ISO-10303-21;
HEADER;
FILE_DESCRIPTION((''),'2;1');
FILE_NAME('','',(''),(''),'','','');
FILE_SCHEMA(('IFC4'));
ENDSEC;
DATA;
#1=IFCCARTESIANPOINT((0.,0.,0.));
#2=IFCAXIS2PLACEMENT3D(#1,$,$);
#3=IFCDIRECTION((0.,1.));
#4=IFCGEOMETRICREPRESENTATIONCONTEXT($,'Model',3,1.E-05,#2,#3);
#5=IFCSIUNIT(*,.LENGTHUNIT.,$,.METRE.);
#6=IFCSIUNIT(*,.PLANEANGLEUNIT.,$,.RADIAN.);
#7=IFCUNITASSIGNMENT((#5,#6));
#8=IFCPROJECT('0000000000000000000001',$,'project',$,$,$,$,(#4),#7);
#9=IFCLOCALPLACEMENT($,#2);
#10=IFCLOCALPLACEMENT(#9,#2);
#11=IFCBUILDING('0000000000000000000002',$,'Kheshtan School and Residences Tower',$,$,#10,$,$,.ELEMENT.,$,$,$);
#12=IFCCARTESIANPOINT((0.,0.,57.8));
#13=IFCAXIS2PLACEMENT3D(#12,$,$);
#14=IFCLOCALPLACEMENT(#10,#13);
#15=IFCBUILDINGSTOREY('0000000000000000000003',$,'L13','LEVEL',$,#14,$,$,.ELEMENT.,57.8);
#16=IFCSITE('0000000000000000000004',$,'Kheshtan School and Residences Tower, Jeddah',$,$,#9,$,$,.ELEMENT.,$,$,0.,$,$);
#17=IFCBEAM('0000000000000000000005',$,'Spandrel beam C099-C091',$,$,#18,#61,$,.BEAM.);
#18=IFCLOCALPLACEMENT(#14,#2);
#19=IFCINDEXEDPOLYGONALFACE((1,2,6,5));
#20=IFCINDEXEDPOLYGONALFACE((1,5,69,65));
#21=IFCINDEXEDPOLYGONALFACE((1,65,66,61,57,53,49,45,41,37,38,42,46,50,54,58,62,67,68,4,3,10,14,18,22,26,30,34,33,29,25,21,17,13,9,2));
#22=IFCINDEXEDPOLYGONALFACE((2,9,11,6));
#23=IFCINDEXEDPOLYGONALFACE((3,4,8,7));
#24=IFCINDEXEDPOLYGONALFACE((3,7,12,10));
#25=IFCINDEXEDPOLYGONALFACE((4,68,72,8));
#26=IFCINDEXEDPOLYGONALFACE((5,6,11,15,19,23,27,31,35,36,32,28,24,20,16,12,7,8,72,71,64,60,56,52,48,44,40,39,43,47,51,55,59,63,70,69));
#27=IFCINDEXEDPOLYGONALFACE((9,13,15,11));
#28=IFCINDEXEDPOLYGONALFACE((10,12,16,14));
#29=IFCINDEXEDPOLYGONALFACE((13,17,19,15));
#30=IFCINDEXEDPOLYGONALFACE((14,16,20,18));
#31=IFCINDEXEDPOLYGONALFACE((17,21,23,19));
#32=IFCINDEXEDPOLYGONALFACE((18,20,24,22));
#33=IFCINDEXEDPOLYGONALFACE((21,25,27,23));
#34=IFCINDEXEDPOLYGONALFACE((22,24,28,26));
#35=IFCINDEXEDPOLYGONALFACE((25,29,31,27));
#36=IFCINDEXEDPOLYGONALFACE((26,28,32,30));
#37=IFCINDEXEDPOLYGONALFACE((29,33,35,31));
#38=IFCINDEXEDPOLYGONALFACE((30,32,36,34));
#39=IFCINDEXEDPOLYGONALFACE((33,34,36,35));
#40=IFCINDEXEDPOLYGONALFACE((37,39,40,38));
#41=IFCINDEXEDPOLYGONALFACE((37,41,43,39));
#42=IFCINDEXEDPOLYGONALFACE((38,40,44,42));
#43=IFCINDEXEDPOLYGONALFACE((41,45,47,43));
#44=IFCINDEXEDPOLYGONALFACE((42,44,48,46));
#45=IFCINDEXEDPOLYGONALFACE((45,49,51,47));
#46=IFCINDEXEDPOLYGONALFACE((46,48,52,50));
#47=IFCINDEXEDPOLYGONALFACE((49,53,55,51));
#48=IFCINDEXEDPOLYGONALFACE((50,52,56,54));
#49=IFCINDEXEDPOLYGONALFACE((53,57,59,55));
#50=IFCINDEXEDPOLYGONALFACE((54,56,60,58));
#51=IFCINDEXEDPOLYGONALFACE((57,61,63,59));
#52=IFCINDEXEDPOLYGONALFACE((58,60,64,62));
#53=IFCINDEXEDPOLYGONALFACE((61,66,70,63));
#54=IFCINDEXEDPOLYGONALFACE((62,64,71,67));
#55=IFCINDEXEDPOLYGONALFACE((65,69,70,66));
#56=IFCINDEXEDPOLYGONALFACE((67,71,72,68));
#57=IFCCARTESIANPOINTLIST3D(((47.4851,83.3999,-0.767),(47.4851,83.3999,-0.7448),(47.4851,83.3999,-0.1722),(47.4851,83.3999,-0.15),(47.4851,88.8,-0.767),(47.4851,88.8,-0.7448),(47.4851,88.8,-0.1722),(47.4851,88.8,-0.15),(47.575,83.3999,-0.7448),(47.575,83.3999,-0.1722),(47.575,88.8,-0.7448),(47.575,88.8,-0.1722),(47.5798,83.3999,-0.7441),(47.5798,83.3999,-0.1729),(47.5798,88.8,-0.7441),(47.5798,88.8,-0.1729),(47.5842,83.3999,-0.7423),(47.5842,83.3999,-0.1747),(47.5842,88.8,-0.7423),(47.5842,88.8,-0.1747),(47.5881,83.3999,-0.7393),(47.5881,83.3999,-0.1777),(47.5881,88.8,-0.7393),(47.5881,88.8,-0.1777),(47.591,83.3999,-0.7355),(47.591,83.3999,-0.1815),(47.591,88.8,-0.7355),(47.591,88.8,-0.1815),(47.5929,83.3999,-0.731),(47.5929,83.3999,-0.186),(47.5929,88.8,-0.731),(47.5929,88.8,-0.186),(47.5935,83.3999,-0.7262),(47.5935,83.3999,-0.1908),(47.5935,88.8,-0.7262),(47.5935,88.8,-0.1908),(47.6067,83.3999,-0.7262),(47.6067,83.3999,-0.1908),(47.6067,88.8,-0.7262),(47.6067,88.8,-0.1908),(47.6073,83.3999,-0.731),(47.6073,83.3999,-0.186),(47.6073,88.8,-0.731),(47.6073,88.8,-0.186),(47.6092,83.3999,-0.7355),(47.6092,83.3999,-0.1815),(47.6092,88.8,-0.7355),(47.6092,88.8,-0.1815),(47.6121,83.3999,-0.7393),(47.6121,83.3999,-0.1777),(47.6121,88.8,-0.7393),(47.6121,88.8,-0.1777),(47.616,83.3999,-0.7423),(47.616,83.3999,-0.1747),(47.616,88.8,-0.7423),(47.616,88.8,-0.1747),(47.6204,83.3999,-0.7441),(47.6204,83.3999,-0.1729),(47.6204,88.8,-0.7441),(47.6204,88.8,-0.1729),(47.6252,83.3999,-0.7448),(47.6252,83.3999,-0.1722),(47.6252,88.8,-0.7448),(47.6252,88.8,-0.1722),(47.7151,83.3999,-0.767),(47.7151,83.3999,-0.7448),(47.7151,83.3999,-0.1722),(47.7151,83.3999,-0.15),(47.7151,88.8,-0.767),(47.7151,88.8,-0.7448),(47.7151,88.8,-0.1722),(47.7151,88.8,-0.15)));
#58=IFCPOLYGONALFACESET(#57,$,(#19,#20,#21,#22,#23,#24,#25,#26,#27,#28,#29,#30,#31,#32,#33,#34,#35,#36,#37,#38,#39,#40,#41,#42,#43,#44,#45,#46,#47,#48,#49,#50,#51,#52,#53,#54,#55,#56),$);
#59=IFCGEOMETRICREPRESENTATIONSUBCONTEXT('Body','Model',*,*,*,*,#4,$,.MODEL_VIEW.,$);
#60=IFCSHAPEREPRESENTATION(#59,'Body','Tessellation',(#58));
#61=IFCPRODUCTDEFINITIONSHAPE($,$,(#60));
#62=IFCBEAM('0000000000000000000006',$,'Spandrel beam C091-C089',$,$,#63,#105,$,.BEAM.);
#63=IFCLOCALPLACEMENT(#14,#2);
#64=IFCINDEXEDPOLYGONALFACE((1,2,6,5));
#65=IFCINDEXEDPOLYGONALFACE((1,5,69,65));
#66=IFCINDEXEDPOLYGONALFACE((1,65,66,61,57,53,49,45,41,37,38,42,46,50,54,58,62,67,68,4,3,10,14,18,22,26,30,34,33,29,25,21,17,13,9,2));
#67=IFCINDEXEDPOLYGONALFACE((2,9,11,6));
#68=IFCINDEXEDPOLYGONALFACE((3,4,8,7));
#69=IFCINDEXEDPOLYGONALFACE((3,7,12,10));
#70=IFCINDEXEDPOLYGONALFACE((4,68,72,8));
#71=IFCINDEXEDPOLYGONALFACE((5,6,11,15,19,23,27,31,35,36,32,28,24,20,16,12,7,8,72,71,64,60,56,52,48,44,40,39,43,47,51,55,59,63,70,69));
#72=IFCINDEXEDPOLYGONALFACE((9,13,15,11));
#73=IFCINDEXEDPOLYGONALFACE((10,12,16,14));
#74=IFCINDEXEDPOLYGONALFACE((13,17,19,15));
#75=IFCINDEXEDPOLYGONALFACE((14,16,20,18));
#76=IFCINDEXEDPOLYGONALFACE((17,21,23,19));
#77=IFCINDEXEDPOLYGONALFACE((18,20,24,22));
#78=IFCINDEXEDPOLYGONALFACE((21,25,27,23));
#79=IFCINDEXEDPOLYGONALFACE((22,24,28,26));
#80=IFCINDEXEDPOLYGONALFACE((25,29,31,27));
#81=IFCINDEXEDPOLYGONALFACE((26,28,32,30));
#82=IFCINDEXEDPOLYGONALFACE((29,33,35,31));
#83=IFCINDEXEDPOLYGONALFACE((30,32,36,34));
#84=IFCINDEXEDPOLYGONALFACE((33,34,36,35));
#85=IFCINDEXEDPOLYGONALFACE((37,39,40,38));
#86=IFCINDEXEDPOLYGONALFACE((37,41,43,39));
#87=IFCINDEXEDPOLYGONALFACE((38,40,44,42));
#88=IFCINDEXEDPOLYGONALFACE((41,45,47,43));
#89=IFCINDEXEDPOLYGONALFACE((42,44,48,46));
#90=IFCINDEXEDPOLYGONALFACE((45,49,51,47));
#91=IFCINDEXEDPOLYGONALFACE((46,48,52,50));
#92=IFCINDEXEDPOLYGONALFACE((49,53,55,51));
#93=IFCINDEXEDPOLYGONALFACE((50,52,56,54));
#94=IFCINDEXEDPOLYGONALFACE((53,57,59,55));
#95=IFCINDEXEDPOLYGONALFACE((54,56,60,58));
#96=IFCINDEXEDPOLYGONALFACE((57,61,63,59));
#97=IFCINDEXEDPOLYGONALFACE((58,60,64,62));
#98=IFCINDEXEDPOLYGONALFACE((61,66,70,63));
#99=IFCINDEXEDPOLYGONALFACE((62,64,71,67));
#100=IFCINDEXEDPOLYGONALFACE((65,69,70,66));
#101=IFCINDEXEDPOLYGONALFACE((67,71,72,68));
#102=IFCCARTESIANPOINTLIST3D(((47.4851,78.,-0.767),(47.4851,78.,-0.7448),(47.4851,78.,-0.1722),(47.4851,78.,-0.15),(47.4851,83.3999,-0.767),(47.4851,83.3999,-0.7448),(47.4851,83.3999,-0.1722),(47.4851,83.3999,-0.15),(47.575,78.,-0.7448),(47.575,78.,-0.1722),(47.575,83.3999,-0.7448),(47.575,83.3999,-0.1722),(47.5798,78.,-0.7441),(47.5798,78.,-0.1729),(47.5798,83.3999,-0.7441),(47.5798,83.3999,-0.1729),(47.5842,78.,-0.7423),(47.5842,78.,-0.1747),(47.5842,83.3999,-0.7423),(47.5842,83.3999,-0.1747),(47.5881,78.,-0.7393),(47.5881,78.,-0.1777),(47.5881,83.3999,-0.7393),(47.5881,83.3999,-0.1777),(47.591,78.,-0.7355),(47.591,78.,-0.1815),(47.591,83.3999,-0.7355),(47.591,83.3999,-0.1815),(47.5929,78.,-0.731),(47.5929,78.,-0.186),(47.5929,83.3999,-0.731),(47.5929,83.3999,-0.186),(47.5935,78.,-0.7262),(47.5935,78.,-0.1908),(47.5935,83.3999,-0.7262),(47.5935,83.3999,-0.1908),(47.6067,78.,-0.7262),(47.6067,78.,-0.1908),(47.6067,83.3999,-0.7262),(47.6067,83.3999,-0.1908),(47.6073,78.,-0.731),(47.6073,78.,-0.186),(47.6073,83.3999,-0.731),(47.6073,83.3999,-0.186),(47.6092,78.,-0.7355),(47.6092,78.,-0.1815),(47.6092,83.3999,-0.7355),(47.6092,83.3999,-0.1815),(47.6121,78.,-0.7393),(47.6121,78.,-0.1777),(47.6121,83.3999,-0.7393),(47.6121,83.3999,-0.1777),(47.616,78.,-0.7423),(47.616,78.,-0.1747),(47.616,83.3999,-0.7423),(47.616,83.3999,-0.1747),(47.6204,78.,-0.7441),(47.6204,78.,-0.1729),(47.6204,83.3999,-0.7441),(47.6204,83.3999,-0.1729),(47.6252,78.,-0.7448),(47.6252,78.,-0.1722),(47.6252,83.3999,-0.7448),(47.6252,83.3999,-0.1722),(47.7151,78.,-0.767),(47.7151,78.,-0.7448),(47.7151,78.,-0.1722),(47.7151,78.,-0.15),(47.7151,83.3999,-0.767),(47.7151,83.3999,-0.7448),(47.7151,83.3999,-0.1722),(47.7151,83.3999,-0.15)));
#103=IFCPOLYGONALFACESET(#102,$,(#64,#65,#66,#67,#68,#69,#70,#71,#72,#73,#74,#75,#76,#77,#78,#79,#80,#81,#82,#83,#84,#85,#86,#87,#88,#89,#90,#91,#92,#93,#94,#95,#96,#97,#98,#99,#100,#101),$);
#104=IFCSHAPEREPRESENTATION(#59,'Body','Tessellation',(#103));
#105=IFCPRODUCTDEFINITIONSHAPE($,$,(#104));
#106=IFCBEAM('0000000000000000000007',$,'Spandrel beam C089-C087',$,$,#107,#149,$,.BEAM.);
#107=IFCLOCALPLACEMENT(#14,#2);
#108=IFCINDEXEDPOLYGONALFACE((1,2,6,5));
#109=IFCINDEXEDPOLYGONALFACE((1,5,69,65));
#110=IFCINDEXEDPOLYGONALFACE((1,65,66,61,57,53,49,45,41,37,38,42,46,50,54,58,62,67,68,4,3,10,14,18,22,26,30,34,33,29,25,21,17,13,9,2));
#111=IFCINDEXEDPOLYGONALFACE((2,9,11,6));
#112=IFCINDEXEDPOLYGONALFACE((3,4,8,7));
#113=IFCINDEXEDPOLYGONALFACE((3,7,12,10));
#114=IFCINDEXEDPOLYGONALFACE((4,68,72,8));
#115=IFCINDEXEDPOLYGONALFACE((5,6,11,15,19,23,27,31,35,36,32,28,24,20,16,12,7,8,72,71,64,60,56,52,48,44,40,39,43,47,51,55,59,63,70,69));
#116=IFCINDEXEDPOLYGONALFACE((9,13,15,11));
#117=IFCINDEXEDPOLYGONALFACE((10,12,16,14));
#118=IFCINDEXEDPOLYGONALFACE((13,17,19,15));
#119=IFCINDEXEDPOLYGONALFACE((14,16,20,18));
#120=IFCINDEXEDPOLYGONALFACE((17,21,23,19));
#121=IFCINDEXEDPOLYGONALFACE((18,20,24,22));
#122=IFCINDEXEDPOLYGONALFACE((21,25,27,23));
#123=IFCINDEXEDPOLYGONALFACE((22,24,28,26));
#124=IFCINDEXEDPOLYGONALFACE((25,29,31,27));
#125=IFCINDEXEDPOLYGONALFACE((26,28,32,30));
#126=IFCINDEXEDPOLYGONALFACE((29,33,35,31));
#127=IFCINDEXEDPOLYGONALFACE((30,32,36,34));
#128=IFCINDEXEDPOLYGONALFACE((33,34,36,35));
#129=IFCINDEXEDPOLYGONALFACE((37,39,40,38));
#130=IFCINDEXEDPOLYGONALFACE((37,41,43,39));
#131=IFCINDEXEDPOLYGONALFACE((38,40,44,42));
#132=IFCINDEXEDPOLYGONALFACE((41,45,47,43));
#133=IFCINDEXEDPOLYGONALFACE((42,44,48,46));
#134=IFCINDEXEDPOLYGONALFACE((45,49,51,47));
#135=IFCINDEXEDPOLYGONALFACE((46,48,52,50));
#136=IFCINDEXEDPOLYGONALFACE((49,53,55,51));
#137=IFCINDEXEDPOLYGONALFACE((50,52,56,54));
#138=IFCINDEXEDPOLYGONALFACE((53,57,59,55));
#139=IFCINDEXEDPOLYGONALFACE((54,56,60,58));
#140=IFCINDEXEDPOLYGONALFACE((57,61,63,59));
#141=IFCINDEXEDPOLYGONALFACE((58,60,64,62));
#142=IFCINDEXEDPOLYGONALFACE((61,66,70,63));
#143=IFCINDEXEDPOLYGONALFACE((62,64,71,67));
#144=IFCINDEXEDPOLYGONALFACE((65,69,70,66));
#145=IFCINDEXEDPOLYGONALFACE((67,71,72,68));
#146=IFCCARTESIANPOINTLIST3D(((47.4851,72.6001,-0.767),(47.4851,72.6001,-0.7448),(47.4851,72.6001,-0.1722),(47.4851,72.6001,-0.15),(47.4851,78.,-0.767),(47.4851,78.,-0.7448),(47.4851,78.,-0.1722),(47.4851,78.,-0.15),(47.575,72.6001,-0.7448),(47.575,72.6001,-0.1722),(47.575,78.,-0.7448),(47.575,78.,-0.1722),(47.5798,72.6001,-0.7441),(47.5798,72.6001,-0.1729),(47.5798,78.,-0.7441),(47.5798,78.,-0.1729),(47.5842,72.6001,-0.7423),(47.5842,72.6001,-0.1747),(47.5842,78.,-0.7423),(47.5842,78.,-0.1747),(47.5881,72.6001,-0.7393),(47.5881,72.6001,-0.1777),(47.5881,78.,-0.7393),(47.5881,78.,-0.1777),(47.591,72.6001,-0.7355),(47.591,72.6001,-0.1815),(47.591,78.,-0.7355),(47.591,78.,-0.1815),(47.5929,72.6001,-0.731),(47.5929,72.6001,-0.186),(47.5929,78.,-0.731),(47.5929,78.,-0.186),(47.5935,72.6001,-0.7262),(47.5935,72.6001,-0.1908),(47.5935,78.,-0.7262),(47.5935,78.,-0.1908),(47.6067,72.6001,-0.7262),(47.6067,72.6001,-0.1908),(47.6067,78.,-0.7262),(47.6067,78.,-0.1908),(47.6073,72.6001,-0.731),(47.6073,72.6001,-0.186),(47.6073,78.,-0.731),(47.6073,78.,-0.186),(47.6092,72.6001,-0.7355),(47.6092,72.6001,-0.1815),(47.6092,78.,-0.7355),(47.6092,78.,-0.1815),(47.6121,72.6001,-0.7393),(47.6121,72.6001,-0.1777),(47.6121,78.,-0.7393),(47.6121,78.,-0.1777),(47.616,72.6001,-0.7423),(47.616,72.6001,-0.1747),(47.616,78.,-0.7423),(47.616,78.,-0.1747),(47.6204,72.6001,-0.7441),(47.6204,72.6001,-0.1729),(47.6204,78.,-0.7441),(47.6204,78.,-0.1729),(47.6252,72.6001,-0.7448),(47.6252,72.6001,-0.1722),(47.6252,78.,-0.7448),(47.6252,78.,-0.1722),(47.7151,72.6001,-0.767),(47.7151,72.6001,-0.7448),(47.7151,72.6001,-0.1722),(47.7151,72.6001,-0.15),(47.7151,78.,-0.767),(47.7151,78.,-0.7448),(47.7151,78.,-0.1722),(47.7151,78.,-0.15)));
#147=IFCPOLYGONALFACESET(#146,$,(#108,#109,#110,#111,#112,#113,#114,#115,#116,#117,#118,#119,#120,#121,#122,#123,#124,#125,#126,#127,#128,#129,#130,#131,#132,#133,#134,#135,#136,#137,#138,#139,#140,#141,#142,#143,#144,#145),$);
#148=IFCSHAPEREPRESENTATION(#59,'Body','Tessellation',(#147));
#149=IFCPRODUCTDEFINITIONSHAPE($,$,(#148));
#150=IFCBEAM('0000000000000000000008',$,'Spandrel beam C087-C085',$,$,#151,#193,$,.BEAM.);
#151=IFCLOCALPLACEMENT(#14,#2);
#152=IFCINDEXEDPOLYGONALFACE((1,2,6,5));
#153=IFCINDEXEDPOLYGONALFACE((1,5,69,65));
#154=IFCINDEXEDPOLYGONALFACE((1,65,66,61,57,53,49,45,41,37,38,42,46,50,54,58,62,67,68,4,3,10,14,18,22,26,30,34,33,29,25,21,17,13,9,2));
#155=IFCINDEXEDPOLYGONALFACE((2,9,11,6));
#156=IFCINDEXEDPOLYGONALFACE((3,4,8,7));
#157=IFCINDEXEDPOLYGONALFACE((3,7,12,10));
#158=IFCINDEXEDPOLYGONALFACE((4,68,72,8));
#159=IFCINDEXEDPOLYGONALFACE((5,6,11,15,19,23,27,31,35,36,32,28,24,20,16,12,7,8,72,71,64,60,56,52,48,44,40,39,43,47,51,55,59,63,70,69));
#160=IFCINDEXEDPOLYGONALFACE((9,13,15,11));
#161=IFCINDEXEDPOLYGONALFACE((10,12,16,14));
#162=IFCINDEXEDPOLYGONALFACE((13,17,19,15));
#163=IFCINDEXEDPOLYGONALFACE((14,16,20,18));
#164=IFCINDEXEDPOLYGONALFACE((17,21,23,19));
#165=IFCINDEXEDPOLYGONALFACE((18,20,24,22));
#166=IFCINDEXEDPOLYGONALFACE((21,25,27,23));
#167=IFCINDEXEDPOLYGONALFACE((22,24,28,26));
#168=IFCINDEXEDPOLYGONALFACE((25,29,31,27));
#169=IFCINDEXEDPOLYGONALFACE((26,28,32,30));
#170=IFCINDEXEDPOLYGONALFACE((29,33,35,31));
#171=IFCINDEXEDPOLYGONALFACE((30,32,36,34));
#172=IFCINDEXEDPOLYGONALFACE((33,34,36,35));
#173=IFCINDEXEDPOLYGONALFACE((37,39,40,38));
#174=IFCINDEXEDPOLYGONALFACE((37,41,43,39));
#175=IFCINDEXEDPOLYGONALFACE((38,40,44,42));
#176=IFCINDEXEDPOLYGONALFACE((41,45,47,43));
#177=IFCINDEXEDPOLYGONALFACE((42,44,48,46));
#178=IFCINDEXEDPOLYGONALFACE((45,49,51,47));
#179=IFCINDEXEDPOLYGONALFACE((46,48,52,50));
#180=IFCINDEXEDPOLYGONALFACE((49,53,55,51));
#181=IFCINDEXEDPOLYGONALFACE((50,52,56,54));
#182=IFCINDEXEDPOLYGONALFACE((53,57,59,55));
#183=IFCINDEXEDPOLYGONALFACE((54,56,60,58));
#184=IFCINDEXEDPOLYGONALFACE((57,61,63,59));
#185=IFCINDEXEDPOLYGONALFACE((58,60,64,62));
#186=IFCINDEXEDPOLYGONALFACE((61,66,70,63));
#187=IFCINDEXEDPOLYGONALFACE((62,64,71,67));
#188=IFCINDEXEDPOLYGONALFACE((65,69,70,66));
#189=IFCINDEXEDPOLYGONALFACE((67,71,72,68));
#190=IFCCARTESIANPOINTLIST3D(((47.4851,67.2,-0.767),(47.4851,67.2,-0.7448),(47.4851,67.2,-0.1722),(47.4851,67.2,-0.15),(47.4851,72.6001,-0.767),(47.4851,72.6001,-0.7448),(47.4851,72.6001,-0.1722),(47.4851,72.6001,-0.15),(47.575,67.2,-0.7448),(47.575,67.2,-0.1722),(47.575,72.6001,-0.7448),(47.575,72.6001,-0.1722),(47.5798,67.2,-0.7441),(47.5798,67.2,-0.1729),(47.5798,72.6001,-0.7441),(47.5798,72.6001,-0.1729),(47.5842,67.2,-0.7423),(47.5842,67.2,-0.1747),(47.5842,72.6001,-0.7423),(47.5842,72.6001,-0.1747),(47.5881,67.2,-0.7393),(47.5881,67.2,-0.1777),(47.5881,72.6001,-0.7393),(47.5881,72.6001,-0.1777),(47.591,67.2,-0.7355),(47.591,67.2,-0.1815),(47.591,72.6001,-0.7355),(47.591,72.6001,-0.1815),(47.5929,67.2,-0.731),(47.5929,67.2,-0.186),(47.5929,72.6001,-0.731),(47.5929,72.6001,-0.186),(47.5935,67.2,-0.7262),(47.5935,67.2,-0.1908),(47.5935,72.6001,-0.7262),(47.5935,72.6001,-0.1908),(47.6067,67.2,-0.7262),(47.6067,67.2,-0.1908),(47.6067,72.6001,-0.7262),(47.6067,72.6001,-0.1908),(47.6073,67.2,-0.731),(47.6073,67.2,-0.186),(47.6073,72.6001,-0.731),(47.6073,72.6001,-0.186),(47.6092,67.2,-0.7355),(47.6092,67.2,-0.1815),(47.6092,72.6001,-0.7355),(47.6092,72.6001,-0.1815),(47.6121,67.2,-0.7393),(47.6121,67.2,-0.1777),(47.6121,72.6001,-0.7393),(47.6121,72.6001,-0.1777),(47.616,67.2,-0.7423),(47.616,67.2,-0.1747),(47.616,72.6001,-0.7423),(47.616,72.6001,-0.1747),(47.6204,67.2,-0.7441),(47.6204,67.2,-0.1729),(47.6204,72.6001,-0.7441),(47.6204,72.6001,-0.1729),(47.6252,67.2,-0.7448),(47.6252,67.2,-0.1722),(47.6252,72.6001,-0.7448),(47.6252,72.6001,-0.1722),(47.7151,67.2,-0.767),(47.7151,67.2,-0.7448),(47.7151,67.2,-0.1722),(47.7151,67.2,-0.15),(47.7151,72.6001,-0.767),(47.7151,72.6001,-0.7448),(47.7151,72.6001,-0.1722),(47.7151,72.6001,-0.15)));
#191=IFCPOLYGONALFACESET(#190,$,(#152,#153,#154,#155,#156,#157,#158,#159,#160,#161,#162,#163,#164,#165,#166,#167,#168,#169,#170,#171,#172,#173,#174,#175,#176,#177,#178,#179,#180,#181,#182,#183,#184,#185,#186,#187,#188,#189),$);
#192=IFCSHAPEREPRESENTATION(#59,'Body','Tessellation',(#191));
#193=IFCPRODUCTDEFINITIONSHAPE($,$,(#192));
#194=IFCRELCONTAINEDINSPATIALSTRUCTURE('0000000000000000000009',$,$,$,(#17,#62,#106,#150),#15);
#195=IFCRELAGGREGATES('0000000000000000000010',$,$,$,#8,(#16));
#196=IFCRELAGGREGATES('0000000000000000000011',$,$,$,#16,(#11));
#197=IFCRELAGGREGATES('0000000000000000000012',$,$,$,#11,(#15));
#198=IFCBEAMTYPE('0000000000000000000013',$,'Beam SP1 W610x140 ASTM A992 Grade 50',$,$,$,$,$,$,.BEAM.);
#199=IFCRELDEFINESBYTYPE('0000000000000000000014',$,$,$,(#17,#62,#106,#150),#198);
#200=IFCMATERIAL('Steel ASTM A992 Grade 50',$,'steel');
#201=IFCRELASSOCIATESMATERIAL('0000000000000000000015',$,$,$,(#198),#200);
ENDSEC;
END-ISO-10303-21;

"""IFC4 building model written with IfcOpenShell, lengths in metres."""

from ifc_helpers import new_model, si_unit, direction, frame, origin, origin_2d, place, context, subcontext, project, spatial, i_section, extrude, material, material_profile, profile_set, type_object, element, save


model = new_model("IFC4")

# Units and contexts
model_context = context("Model", 3, precision=1e-05, world=origin(), true_north=direction((0.0, 1.0)))
body_context = subcontext(model_context, "Body", "Model", "MODEL_VIEW")
ifc_project = project(units=[si_unit("LENGTHUNIT", "METRE"), si_unit("PLANEANGLEUNIT", "RADIAN")], contexts=[model_context])

# Site, building, storey
site_placement = place(None, origin())
site = spatial("IfcSite", under=ifc_project, at=site_placement, Name="Kheshtan School and Residences Tower, Jeddah", CompositionType="ELEMENT", RefElevation=0.0)
building_placement = place(site_placement, origin())
building = spatial("IfcBuilding", under=site, at=building_placement, Name="Kheshtan School and Residences Tower", CompositionType="ELEMENT")
storey_placement = place(building_placement, frame((0.0, 0.0, 57.8)))
storey = spatial("IfcBuildingStorey", under=building, at=storey_placement, Name="L13", Description="LEVEL", CompositionType="ELEMENT", Elevation=57.8)

# Shared definitions
ifc_material = material(Name="Steel ASTM A992 Grade 50", Category="steel")

# Beams
ifc_material_profile_1 = material_profile(ifc_material, i_section(OverallWidth=0.23, OverallDepth=0.6169, WebThickness=0.0132, FlangeThickness=0.0222, FilletRadius=0.0186, at=origin_2d()), Name="W610x140")
ifc_profile_set_1 = profile_set([ifc_material_profile_1], Name="Steel ASTM A992 Grade 50")
beam_type_1 = type_object("IfcBeamType", Name="Beam SP1 W610x140 ASTM A992 Grade 50", PredefinedType="BEAM", material=ifc_profile_set_1)
beam_1_placement = place(storey_placement, frame((47.6001, 88.8, -0.4585), z_axis=(0.0, -1.0, 0.0), x_axis=(1.0, 0.0, 0.0)))
element("IfcBeam", 1, at=beam_1_placement, inside=storey, type_object=beam_type_1, Name="Spandrel beam C099-C091", PredefinedType="BEAM", context=body_context, shape_type="SweptSolid", body=[
    extrude(i_section(OverallWidth=0.23, OverallDepth=0.6169, WebThickness=0.0132, FlangeThickness=0.0222, FilletRadius=0.0186, at=origin_2d()), origin(), (0.0, 0.0, 1.0), 5.4001),
])
for number, where, z_axis, x_axis, name in (
    (2, (47.6001, 83.3999, -0.4585), (0.0, -1.0, 0.0), (1.0, 0.0, 0.0), "Spandrel beam C091-C089"),
    (3, (47.6001, 78.0, -0.4585), (0.0, -1.0, 0.0), (1.0, 0.0, 0.0), "Spandrel beam C089-C087"),
):
    element("IfcBeam", number, at=place(storey_placement, frame(where, z_axis=z_axis, x_axis=x_axis)), inside=storey, type_object=beam_type_1, Name=name, PredefinedType="BEAM", context=body_context, shape_type="SweptSolid", body=[
        extrude(i_section(OverallWidth=0.23, OverallDepth=0.6169, WebThickness=0.0132, FlangeThickness=0.0222, FilletRadius=0.0186, at=origin_2d()), origin(), (0.0, 0.0, 1.0), 5.3999),
    ])
beam_2_placement = place(storey_placement, frame((47.6001, 72.6001, -0.4585), z_axis=(0.0, -1.0, 0.0), x_axis=(1.0, 0.0, 0.0)))
element("IfcBeam", 4, at=beam_2_placement, inside=storey, type_object=beam_type_1, Name="Spandrel beam C087-C085", PredefinedType="BEAM", context=body_context, shape_type="SweptSolid", body=[
    extrude(i_section(OverallWidth=0.23, OverallDepth=0.6169, WebThickness=0.0132, FlangeThickness=0.0222, FilletRadius=0.0186, at=origin_2d()), origin(), (0.0, 0.0, 1.0), 5.4001),
])

save(model, "model.ifc")
